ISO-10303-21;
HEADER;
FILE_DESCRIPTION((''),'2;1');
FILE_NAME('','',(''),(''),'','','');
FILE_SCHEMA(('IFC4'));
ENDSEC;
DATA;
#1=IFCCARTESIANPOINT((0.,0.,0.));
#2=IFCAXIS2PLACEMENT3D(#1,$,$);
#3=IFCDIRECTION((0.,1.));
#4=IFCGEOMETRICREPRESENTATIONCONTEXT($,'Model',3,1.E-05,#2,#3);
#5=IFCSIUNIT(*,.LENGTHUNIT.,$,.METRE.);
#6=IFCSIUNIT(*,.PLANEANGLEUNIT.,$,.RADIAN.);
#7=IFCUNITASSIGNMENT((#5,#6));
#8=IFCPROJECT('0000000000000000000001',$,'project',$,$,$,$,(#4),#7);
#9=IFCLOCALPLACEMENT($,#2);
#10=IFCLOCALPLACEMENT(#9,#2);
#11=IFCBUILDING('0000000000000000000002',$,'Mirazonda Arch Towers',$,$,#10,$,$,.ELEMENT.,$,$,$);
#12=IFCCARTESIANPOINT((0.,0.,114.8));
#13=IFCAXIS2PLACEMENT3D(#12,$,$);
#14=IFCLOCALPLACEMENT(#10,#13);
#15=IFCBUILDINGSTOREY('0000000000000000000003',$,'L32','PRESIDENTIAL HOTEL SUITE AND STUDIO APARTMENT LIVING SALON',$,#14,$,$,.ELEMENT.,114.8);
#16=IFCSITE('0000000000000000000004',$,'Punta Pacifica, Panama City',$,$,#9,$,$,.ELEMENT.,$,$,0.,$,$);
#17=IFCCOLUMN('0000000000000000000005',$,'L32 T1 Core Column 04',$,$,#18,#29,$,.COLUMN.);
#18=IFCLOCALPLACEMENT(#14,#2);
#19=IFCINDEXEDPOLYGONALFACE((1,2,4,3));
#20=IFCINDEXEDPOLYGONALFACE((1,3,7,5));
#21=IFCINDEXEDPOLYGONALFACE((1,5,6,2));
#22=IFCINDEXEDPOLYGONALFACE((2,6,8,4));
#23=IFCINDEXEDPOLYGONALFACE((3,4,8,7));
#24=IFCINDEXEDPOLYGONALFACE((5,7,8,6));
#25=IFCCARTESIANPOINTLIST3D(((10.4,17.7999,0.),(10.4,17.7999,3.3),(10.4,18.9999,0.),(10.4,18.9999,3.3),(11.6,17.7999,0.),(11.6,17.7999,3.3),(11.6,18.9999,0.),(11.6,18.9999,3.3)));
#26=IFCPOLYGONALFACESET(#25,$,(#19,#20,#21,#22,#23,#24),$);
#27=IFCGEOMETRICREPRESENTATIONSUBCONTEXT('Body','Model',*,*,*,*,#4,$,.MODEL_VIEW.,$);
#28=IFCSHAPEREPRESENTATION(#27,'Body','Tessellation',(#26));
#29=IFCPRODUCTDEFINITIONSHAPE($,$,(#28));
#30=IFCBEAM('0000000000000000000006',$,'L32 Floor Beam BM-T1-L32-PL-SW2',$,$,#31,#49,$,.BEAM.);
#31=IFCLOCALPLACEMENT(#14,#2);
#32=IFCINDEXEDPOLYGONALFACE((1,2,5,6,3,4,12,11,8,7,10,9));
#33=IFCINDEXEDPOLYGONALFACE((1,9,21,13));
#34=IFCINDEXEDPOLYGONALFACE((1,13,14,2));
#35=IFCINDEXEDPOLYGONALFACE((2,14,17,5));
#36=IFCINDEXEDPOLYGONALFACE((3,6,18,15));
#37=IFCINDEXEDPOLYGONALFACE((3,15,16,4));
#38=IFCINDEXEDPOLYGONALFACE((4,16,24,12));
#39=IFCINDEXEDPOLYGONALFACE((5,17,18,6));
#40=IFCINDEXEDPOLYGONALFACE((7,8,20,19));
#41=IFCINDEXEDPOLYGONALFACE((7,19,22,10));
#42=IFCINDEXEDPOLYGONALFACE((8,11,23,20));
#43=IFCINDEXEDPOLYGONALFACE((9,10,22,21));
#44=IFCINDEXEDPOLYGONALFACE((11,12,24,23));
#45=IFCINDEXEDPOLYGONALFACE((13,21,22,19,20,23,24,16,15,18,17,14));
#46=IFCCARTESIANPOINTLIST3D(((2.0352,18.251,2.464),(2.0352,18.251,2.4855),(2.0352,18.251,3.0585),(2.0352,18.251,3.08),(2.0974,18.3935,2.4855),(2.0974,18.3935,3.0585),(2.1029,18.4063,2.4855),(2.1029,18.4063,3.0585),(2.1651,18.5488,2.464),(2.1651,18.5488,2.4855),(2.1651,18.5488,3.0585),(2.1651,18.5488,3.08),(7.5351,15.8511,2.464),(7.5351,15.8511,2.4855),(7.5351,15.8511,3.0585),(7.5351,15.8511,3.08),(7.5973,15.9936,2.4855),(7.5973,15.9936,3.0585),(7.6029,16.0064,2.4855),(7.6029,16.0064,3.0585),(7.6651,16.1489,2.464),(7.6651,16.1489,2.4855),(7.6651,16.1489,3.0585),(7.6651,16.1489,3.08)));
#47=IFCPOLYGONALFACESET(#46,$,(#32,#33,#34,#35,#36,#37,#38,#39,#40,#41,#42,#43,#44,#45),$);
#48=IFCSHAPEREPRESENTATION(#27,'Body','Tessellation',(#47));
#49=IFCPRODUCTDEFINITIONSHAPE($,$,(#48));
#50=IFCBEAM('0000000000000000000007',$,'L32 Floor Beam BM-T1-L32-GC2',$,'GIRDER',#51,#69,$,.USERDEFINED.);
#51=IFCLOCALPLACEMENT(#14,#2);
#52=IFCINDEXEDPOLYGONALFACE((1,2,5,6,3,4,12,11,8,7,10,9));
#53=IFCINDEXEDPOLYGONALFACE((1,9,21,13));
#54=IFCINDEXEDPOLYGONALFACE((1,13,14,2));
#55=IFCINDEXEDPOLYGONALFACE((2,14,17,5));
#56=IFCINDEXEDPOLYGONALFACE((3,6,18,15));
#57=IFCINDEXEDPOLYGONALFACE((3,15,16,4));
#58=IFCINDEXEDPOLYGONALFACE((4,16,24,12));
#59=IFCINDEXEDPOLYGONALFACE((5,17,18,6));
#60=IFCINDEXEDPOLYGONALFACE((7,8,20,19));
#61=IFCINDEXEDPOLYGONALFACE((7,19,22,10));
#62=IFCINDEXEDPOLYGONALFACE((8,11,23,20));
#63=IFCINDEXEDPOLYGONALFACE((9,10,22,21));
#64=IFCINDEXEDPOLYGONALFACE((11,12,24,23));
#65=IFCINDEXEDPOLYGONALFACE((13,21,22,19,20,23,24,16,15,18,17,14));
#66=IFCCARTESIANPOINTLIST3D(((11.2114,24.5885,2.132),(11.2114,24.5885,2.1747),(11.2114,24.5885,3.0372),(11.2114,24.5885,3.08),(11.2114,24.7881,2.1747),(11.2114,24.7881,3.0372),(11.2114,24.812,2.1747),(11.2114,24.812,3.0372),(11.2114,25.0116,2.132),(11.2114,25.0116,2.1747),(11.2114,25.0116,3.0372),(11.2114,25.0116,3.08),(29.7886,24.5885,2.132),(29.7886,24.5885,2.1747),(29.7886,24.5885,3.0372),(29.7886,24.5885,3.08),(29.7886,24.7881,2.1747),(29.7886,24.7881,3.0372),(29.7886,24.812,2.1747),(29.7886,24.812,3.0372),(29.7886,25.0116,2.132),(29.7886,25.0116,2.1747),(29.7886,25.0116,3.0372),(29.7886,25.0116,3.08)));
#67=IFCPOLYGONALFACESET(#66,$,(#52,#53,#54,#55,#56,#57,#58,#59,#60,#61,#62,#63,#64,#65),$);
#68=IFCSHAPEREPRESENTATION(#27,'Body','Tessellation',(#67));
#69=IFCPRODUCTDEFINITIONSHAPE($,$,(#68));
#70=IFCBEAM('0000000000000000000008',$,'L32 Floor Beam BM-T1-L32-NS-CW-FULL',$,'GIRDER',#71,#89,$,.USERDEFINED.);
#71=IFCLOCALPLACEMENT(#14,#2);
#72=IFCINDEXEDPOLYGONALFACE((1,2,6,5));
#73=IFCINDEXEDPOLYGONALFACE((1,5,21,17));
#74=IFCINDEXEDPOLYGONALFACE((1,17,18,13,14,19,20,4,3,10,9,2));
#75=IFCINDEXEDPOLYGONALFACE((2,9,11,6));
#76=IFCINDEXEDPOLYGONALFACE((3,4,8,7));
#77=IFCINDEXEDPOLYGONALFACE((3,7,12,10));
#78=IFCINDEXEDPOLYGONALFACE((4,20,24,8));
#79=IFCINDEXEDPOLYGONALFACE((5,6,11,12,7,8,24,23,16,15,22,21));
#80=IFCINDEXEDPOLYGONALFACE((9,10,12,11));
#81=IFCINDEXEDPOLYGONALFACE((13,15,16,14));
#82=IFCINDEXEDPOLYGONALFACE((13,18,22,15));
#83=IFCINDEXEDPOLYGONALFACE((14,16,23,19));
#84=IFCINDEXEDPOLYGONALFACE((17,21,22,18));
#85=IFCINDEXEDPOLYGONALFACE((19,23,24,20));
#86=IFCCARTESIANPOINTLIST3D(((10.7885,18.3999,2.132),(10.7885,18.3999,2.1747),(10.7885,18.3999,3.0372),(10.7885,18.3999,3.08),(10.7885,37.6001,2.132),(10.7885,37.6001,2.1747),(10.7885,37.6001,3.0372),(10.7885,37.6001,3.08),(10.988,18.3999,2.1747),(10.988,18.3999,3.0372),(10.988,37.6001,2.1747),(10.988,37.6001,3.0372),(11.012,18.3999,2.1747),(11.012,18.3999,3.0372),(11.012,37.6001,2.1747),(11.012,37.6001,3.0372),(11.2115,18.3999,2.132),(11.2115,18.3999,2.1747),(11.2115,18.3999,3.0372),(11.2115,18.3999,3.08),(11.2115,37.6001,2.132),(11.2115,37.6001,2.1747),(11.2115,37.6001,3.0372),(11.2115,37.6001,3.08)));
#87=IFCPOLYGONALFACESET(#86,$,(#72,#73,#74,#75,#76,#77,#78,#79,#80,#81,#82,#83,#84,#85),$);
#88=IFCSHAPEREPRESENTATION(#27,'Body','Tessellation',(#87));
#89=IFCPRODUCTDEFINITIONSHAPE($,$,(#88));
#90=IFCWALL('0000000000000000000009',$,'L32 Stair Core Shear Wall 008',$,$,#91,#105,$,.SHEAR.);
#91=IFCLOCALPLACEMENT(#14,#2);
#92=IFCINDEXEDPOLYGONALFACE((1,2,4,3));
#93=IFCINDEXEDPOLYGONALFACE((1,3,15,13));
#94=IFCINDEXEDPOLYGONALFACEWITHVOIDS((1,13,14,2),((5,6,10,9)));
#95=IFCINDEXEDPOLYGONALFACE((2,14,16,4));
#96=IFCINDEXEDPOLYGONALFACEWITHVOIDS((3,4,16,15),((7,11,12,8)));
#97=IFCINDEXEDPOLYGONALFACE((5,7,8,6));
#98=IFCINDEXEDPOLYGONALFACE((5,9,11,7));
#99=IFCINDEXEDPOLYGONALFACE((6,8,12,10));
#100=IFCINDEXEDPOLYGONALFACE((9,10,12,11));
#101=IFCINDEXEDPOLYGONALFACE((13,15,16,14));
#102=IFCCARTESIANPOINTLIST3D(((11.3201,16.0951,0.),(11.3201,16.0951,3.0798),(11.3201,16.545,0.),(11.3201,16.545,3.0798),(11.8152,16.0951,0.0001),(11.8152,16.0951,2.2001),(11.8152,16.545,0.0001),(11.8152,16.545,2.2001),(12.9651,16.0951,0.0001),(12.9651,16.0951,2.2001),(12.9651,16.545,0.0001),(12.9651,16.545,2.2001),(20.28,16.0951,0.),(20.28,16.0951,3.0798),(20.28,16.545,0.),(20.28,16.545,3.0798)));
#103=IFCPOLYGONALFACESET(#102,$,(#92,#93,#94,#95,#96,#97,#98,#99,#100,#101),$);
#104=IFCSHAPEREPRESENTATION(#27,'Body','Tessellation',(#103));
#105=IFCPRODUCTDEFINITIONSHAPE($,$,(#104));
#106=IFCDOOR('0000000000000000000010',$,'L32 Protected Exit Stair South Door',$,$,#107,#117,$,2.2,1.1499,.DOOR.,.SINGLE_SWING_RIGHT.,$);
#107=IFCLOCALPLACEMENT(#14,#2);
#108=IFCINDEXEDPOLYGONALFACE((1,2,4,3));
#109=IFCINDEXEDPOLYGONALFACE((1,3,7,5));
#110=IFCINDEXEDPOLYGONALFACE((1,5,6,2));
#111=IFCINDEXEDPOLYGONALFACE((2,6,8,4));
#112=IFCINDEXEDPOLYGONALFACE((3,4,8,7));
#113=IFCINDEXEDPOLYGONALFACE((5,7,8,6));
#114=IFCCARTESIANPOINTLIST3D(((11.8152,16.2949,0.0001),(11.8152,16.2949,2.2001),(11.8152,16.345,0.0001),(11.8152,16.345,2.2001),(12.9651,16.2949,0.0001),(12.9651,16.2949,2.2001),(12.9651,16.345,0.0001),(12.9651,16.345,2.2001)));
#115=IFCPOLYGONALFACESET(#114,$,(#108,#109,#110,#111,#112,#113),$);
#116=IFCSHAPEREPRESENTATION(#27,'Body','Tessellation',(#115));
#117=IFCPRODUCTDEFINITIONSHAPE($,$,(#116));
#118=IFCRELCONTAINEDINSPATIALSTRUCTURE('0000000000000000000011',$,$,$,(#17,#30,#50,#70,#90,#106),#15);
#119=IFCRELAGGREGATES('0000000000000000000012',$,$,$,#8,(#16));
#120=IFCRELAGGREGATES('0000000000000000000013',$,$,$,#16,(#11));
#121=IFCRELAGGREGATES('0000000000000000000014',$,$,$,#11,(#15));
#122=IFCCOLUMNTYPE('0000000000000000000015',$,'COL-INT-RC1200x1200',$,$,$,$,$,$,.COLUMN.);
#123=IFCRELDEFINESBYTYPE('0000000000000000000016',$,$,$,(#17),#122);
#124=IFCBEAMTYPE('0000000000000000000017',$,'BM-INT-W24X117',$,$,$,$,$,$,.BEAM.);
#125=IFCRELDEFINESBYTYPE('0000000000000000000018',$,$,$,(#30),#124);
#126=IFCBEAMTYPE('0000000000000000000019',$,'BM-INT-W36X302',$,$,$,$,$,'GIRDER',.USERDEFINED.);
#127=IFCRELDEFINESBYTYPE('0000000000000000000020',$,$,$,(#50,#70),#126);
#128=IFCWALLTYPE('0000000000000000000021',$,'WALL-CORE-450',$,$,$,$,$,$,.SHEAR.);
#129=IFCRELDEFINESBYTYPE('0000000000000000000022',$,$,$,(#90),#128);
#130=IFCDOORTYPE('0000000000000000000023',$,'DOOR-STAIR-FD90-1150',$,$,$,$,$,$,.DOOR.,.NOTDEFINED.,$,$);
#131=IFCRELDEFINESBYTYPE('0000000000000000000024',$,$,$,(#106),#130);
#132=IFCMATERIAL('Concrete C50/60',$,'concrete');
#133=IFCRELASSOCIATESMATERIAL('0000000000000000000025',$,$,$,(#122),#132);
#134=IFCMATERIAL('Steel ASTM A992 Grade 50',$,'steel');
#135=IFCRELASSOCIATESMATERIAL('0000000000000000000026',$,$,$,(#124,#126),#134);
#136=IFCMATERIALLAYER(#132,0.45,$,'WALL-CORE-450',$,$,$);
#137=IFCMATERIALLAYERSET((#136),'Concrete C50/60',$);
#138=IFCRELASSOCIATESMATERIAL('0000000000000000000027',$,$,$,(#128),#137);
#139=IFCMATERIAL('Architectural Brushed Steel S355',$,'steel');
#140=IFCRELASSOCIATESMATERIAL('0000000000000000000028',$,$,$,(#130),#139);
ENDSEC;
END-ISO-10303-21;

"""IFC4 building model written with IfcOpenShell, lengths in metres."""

from ifc_helpers import new_model, si_unit, direction, frame, frame_2d, origin, origin_2d, place, context, subcontext, project, spatial, rectangle, i_section, extrude, material, layer, layer_set, material_profile, profile_set, type_object, element, fill, save


model = new_model("IFC4")

# Units and contexts
model_context = context("Model", 3, precision=1e-05, world=origin(), true_north=direction((0.0, 1.0)))
body_context = subcontext(model_context, "Body", "Model", "MODEL_VIEW")
ifc_project = project(units=[si_unit("LENGTHUNIT", "METRE"), si_unit("PLANEANGLEUNIT", "RADIAN")], contexts=[model_context])

# Site, building, storey
site_placement = place(None, origin())
site = spatial("IfcSite", under=ifc_project, at=site_placement, Name="Punta Pacifica, Panama City", CompositionType="ELEMENT", RefElevation=0.0)
building_placement = place(site_placement, origin())
building = spatial("IfcBuilding", under=site, at=building_placement, Name="Mirazonda Arch Towers", CompositionType="ELEMENT")
storey_placement = place(building_placement, frame((0.0, 0.0, 114.8)))
storey = spatial("IfcBuildingStorey", under=building, at=storey_placement, Name="L32", Description="PRESIDENTIAL HOTEL SUITE AND STUDIO APARTMENT LIVING SALON", CompositionType="ELEMENT", Elevation=114.8)

# Column
ifc_material_1 = material(Name="Concrete C50/60", Category="concrete")
ifc_material_profile_1 = material_profile(ifc_material_1, rectangle(XDim=1.2, YDim=1.2, at=origin_2d()), Name="RC1200x1200")
ifc_profile_set_1 = profile_set([ifc_material_profile_1], Name="Concrete C50/60")
column_type = type_object("IfcColumnType", Name="COL-INT-RC1200x1200", PredefinedType="COLUMN", material=ifc_profile_set_1)
column_placement = place(storey_placement, frame((11.0, 18.3999, 0.0), z_axis=(0.0, 0.0, 1.0), x_axis=(1.0, 0.0, 0.0)))
element("IfcColumn", 1, at=column_placement, inside=storey, type_object=column_type, Name="L32 T1 Core Column 04", PredefinedType="COLUMN", context=body_context, shape_type="SweptSolid", body=[
    extrude(rectangle(XDim=1.2, YDim=1.2, at=origin_2d()), origin(), (0.0, 0.0, 1.0), 3.3),
])

# Beams
ifc_material_2 = material(Name="Steel ASTM A992 Grade 50", Category="steel")
ifc_material_profile_2 = material_profile(ifc_material_2, i_section(OverallWidth=0.325, OverallDepth=0.616, WebThickness=0.0139, FlangeThickness=0.0215, at=origin_2d()), Name="W24X117")
ifc_profile_set_2 = profile_set([ifc_material_profile_2], Name="Steel ASTM A992 Grade 50")
beam_type_1 = type_object("IfcBeamType", Name="BM-INT-W24X117", PredefinedType="BEAM", material=ifc_profile_set_2)
beam_1_placement = place(storey_placement, frame((7.6001, 16.0, 2.772), z_axis=(-0.916545, 0.399931, 0.0), x_axis=(-0.399931, -0.916545, 0.0)))
element("IfcBeam", 2, at=beam_1_placement, inside=storey, type_object=beam_type_1, Name="L32 Floor Beam BM-T1-L32-PL-SW2", PredefinedType="BEAM", context=body_context, shape_type="SweptSolid", body=[
    extrude(i_section(OverallWidth=0.325, OverallDepth=0.616, WebThickness=0.0139, FlangeThickness=0.0215, at=origin_2d()), origin(), (0.0, 0.0, 1.0), 6.0007),
])
ifc_material_profile_3 = material_profile(ifc_material_2, i_section(OverallWidth=0.4231, OverallDepth=0.948, WebThickness=0.0239, FlangeThickness=0.0427, at=origin_2d()), Name="W36X302")
ifc_profile_set_3 = profile_set([ifc_material_profile_3], Name="Steel ASTM A992 Grade 50")
beam_type_2 = type_object("IfcBeamType", Name="BM-INT-W36X302", ElementType="GIRDER", PredefinedType="USERDEFINED", material=ifc_profile_set_3)
beam_2_placement = place(storey_placement, frame((11.2114, 24.8, 2.606), z_axis=(1.0, 0.0, 0.0), x_axis=(0.0, 1.0, 0.0)))
element("IfcBeam", 3, at=beam_2_placement, inside=storey, type_object=beam_type_2, Name="L32 Floor Beam BM-T1-L32-GC2", ObjectType="GIRDER", PredefinedType="USERDEFINED", context=body_context, shape_type="SweptSolid", body=[
    extrude(i_section(OverallWidth=0.4231, OverallDepth=0.948, WebThickness=0.0239, FlangeThickness=0.0427, at=origin_2d()), origin(), (0.0, 0.0, 1.0), 18.5771),
])
beam_3_placement = place(storey_placement, frame((11.0, 18.3999, 2.606), z_axis=(0.0, 1.0, 0.0), x_axis=(-1.0, 0.0, 0.0)))
element("IfcBeam", 4, at=beam_3_placement, inside=storey, type_object=beam_type_2, Name="L32 Floor Beam BM-T1-L32-NS-CW-FULL", ObjectType="GIRDER", PredefinedType="USERDEFINED", context=body_context, shape_type="SweptSolid", body=[
    extrude(i_section(OverallWidth=0.4231, OverallDepth=0.948, WebThickness=0.0239, FlangeThickness=0.0427, at=origin_2d()), origin(), (0.0, 0.0, 1.0), 19.2002),
])

# Wall, opening, door
ifc_layer_1 = layer(ifc_material_1, 0.45, Name="WALL-CORE-450")
ifc_layer_set_1 = layer_set([ifc_layer_1], Name="Concrete C50/60")
wall_type_1 = type_object("IfcWallType", Name="WALL-CORE-450", PredefinedType="SHEAR", material=ifc_layer_set_1)
wall_1_placement = place(storey_placement, frame((11.3201, 16.3201, 0.0), z_axis=(0.0, 0.0, 1.0), x_axis=(1.0, 0.0, 0.0)))
wall_1 = element("IfcWall", 5, at=wall_1_placement, inside=storey, type_object=wall_type_1, Name="L32 Stair Core Shear Wall 008", PredefinedType="SHEAR", context=body_context, shape_type="SweptSolid", body=[
    extrude(rectangle(XDim=8.96, YDim=0.45, at=frame_2d((4.48, 0.0))), origin(), (0.0, 0.0, 1.0), 3.0798),
])
opening_1_placement = place(wall_1_placement, frame((0.4951, 0.0, 0.0)))
opening_1 = element("IfcOpeningElement", 6, at=opening_1_placement, cuts=wall_1, PredefinedType="OPENING", context=body_context, shape_type="SweptSolid", body=[
    extrude(rectangle(XDim=1.1499, YDim=2.2, at=frame_2d((0.575, 1.1001))), frame((0.0, 0.2349, 0.0), z_axis=(0.0, -1.0, 0.0), x_axis=(1.0, 0.0, 0.0)), (0.0, 0.0, 1.0), 0.47),
])
ifc_material_3 = material(Name="Architectural Brushed Steel S355", Category="steel")
door_type_1 = type_object("IfcDoorType", Name="DOOR-STAIR-FD90-1150", OperationType="NOTDEFINED", PredefinedType="DOOR", material=ifc_material_3)
door_1_placement = place(opening_1_placement, origin())
door_1 = element("IfcDoor", 7, at=door_1_placement, inside=storey, type_object=door_type_1, Name="L32 Protected Exit Stair South Door", OperationType="SINGLE_SWING_RIGHT", OverallHeight=2.2, OverallWidth=1.1499, PredefinedType="DOOR", context=body_context, shape_type="SweptSolid", body=[
    extrude(rectangle(XDim=1.1499, YDim=2.2, at=frame_2d((0.575, 1.1001))), frame((0.0, 0.0249, 0.0), z_axis=(0.0, -1.0, 0.0), x_axis=(1.0, 0.0, 0.0)), (0.0, 0.0, 1.0), 0.05),
])
fill(opening_1, door_1)

save(model, "model.ifc")
